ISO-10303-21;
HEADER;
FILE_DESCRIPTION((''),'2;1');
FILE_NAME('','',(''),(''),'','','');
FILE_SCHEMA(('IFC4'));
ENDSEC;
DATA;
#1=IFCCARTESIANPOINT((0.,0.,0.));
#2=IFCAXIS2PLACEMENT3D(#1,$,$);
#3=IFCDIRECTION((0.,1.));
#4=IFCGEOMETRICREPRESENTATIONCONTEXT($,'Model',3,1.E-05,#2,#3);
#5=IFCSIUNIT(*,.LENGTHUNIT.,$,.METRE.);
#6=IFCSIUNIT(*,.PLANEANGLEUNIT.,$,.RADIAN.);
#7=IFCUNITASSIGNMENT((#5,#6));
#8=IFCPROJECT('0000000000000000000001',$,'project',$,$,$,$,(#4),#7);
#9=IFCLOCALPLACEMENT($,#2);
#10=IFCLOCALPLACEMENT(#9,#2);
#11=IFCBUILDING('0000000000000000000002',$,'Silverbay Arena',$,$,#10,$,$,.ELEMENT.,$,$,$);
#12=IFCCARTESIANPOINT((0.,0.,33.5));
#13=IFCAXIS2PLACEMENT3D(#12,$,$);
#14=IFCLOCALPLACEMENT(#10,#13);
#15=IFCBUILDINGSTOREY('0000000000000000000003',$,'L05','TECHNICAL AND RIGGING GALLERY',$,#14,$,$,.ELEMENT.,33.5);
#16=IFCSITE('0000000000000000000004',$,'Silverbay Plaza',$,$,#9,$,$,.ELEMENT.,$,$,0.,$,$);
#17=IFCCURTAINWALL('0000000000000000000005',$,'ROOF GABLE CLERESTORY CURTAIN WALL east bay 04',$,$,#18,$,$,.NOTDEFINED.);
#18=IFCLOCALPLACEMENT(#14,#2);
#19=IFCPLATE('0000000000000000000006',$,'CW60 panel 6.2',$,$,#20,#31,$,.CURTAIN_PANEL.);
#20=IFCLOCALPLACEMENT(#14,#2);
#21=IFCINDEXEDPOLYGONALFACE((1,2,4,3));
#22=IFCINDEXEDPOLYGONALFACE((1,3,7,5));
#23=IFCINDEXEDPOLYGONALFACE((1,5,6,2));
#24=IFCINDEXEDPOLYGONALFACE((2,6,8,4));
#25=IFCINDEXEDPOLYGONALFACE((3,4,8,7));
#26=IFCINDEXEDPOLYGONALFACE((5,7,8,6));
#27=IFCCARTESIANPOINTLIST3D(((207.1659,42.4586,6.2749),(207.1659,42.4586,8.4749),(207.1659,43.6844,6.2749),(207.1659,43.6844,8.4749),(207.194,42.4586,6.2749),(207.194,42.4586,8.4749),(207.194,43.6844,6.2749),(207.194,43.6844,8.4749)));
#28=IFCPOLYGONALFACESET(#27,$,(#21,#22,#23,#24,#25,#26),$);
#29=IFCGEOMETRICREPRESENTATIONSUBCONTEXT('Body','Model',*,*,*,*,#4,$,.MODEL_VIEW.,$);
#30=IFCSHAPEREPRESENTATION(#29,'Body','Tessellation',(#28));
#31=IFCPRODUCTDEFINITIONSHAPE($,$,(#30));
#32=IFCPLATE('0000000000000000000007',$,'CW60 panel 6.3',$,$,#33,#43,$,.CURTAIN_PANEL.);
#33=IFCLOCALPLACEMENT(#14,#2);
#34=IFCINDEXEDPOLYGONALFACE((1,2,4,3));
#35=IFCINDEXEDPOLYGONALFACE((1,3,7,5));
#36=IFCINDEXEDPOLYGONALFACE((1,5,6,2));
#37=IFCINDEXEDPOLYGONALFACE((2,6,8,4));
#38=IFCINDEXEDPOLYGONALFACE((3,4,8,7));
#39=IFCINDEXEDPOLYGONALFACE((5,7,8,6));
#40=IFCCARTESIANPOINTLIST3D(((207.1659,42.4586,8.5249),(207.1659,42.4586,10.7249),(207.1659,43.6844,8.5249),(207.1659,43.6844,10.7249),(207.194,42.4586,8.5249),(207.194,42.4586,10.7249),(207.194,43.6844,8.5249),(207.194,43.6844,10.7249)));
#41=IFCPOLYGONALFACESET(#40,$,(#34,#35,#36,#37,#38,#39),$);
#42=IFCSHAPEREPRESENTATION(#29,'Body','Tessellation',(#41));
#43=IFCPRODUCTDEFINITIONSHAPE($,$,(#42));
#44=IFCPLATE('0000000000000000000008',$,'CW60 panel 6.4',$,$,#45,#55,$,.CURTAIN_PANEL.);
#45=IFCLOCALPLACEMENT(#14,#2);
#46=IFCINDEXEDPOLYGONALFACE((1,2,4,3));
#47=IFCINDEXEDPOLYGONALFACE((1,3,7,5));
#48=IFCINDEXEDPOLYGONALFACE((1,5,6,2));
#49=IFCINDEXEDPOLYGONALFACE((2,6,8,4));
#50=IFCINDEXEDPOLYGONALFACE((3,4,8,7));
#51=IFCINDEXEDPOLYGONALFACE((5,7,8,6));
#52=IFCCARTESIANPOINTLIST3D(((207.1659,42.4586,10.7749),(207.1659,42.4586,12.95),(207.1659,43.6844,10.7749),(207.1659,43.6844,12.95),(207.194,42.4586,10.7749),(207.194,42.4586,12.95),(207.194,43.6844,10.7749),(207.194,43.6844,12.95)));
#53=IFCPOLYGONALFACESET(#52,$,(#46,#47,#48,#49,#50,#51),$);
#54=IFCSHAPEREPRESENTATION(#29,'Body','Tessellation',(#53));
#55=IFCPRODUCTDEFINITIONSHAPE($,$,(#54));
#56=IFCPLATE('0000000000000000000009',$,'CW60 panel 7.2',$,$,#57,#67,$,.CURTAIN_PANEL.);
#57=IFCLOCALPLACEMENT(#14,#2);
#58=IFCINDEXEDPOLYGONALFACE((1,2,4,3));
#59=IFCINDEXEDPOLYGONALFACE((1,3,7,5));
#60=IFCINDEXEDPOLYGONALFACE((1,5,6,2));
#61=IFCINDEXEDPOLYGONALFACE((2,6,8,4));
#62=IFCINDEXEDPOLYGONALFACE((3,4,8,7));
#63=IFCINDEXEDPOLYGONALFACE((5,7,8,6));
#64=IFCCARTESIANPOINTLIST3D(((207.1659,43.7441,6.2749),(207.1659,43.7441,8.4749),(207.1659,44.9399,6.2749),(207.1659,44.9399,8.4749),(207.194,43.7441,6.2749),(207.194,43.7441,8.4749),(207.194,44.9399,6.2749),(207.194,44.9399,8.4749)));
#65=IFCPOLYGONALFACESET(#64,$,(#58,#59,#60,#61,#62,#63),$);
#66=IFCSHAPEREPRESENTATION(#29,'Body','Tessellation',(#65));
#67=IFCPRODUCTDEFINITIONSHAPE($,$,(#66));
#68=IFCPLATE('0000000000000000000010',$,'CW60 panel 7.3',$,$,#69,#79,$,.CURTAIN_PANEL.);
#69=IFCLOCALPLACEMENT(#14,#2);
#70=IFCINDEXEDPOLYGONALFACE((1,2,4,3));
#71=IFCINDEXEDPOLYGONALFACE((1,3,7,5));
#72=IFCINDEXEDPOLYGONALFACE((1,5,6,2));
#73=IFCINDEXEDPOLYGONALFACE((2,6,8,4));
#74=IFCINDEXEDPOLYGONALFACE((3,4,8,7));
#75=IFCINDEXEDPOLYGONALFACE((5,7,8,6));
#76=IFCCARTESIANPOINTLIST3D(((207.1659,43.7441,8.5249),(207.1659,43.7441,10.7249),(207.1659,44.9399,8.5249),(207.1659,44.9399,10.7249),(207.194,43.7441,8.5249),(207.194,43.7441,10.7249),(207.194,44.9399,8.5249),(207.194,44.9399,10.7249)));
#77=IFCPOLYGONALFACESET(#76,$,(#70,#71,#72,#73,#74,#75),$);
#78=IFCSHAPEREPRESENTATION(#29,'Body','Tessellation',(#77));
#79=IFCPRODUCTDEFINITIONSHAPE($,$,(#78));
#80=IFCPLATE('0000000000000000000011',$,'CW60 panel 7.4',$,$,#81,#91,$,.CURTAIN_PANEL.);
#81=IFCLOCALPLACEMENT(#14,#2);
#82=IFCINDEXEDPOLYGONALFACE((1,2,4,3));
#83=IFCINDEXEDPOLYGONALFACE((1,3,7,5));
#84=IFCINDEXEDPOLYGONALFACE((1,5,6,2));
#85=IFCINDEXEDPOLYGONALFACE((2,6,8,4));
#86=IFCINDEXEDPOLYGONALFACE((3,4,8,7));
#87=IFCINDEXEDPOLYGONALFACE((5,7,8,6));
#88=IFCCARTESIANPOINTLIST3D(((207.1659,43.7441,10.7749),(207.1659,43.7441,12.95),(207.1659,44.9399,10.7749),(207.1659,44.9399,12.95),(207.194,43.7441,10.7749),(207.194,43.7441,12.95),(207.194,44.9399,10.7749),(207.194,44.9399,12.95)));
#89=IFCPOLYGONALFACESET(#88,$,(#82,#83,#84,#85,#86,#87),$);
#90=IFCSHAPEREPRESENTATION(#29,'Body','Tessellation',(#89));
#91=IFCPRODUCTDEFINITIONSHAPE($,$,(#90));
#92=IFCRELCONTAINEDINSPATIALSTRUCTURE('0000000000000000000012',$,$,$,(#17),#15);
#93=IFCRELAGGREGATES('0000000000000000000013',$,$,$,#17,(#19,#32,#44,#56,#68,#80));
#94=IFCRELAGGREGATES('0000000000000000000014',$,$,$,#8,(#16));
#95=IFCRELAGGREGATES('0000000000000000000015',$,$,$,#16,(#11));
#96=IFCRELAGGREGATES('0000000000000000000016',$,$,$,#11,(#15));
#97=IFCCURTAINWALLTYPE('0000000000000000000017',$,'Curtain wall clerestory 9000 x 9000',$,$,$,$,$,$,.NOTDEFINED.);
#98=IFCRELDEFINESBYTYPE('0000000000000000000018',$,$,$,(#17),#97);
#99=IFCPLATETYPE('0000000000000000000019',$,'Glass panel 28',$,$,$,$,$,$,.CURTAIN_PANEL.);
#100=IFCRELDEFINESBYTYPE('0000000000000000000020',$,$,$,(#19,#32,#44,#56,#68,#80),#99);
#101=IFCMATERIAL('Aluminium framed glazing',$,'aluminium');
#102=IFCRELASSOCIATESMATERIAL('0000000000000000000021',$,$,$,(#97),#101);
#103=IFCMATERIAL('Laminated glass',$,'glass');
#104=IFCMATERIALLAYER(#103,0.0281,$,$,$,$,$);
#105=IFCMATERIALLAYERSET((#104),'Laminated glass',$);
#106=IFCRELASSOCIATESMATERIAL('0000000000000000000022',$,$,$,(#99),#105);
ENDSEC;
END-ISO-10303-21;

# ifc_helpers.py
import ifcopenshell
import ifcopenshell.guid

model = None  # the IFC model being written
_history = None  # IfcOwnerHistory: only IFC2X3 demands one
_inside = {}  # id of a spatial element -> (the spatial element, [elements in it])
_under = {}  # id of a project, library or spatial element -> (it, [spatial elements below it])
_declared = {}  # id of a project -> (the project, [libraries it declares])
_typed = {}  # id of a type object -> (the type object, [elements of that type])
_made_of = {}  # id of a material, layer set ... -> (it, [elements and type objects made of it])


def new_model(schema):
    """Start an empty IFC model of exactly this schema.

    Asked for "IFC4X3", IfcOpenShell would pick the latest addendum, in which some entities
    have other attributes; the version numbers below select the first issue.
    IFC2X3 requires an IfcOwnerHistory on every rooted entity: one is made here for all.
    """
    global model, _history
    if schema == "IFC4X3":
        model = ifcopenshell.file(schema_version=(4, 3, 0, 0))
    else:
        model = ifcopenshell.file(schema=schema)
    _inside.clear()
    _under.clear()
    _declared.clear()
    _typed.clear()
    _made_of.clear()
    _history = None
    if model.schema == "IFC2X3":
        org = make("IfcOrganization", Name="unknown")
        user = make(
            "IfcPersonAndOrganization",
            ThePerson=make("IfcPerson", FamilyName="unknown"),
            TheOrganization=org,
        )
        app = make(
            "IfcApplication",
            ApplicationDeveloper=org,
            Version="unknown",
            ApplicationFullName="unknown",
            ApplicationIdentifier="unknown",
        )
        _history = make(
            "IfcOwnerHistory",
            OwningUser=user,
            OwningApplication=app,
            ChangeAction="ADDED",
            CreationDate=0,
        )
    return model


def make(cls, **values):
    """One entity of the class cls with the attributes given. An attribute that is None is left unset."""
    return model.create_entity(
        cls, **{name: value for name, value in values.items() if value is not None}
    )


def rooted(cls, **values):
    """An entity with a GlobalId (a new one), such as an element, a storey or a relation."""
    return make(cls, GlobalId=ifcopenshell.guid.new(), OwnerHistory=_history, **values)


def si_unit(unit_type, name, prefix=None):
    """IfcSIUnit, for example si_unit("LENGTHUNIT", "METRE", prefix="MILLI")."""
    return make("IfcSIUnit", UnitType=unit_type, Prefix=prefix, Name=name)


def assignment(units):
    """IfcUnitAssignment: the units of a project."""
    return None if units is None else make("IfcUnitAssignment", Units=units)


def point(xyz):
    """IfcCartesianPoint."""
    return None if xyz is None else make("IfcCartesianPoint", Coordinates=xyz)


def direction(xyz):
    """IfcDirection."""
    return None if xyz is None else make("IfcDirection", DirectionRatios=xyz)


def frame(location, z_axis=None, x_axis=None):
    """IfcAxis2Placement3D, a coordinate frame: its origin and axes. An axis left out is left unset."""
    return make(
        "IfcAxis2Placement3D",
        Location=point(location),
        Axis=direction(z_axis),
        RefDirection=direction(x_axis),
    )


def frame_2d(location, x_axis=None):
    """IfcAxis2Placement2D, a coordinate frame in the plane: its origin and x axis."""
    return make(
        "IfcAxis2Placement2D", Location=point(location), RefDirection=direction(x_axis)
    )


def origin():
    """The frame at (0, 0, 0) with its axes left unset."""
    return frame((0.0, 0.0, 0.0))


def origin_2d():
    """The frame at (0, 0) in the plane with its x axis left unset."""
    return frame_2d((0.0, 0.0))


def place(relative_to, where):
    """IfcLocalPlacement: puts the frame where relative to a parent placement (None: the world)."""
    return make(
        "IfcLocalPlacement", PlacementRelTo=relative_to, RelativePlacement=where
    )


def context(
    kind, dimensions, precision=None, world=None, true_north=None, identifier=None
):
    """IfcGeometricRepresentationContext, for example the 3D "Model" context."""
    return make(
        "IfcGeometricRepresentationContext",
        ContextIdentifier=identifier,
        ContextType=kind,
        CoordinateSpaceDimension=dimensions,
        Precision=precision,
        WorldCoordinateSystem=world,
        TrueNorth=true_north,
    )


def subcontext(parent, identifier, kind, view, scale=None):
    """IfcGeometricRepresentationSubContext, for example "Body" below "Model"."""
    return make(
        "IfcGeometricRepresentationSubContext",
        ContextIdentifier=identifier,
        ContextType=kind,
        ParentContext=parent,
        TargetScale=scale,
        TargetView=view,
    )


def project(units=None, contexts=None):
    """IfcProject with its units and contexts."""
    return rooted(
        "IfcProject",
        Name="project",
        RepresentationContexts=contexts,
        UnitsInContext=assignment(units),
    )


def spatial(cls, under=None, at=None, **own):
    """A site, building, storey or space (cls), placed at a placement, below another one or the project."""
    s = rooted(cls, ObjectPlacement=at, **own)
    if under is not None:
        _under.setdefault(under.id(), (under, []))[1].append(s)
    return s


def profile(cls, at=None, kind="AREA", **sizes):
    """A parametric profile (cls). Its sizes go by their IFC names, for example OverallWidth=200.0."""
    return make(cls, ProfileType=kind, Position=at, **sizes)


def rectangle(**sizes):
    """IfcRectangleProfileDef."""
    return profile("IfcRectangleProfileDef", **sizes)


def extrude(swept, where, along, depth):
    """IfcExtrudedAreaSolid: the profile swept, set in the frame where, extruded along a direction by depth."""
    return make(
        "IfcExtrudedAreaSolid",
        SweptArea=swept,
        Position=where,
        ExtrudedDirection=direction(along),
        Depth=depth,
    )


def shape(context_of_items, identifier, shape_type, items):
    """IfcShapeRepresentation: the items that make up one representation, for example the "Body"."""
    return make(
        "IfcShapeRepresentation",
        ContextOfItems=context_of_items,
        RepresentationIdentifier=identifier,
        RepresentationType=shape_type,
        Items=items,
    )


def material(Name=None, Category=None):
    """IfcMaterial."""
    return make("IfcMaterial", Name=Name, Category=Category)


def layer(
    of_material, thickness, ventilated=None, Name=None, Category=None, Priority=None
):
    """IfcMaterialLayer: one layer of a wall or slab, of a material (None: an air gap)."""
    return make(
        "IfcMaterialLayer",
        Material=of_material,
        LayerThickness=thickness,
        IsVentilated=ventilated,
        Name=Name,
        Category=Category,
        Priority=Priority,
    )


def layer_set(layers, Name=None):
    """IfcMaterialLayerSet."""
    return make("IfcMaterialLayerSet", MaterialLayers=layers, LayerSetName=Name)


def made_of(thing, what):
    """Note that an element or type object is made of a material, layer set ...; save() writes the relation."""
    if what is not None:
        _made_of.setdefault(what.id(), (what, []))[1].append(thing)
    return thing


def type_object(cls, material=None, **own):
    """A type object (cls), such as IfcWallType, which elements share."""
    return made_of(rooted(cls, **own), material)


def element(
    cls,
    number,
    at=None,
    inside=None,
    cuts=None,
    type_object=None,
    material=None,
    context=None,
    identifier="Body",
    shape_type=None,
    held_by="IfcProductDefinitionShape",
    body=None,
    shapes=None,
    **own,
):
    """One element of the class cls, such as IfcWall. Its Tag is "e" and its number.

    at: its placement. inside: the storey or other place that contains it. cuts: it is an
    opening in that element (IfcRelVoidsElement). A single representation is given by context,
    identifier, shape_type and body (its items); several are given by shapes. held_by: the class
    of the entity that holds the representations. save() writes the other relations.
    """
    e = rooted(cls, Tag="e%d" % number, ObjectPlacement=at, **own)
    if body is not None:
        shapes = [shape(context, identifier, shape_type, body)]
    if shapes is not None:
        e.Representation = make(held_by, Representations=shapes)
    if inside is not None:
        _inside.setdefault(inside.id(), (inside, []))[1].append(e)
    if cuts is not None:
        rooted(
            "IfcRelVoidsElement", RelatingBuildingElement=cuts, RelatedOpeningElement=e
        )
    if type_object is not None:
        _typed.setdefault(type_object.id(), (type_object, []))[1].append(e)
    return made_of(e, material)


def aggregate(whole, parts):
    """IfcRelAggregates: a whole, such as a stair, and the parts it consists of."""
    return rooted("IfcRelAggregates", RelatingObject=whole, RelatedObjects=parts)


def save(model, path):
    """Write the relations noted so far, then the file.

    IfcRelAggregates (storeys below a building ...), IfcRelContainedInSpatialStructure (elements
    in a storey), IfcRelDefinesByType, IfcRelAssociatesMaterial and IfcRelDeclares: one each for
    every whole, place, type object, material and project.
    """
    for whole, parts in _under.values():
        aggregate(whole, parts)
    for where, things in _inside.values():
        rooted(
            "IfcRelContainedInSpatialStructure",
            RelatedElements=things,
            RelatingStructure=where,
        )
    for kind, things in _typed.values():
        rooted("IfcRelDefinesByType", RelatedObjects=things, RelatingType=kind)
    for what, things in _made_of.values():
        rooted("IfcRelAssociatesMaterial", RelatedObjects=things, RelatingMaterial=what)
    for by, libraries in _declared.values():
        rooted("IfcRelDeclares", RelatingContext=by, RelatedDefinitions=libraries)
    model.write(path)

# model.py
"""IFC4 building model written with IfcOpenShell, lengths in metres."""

from ifc_helpers import new_model, si_unit, direction, frame, origin, origin_2d, place, context, subcontext, project, spatial, rectangle, extrude, material, layer, layer_set, type_object, element, aggregate, save


model = new_model("IFC4")

# Units and contexts
model_context = context("Model", 3, precision=1e-05, world=origin(), true_north=direction((0.0, 1.0)))
body_context = subcontext(model_context, "Body", "Model", "MODEL_VIEW")
ifc_project = project(units=[si_unit("LENGTHUNIT", "METRE"), si_unit("PLANEANGLEUNIT", "RADIAN")], contexts=[model_context])

# Site, building, storey
site_placement = place(None, origin())
site = spatial("IfcSite", under=ifc_project, at=site_placement, Name="Silverbay Plaza", CompositionType="ELEMENT", RefElevation=0.0)
building_placement = place(site_placement, origin())
building = spatial("IfcBuilding", under=site, at=building_placement, Name="Silverbay Arena", CompositionType="ELEMENT")
storey_placement = place(building_placement, frame((0.0, 0.0, 33.5)))
storey = spatial("IfcBuildingStorey", under=building, at=storey_placement, Name="L05", Description="TECHNICAL AND RIGGING GALLERY", CompositionType="ELEMENT", Elevation=33.5)

# Curtain wall, plates
ifc_material_1 = material(Name="Aluminium framed glazing", Category="aluminium")
curtain_wall_type = type_object("IfcCurtainWallType", Name="Curtain wall clerestory 9000 x 9000", PredefinedType="NOTDEFINED", material=ifc_material_1)
curtain_wall_placement = place(storey_placement, origin())
curtain_wall = element("IfcCurtainWall", 1, at=curtain_wall_placement, inside=storey, type_object=curtain_wall_type, Name="ROOF GABLE CLERESTORY CURTAIN WALL east bay 04", PredefinedType="NOTDEFINED")
ifc_material_2 = material(Name="Laminated glass", Category="glass")
ifc_layer = layer(ifc_material_2, 0.0281)
ifc_layer_set = layer_set([ifc_layer], Name="Laminated glass")
plate_type = type_object("IfcPlateType", Name="Glass panel 28", PredefinedType="CURTAIN_PANEL", material=ifc_layer_set)
plate_1_placement = place(storey_placement, frame((207.1799, 43.0715, 6.2749), z_axis=(0.0, 0.0, 1.0), x_axis=(0.0, 1.0, 0.0)))
plate_1 = element("IfcPlate", 2, at=plate_1_placement, type_object=plate_type, Name="CW60 panel 6.2", PredefinedType="CURTAIN_PANEL", context=body_context, shape_type="SweptSolid", body=[
    extrude(rectangle(XDim=1.2258, YDim=0.0281, at=origin_2d()), origin(), (0.0, 0.0, 1.0), 2.2),
])
plate_2_placement = place(storey_placement, frame((207.1799, 43.0715, 8.5249), z_axis=(0.0, 0.0, 1.0), x_axis=(0.0, 1.0, 0.0)))
plate_2 = element("IfcPlate", 3, at=plate_2_placement, type_object=plate_type, Name="CW60 panel 6.3", PredefinedType="CURTAIN_PANEL", context=body_context, shape_type="SweptSolid", body=[
    extrude(rectangle(XDim=1.2258, YDim=0.0281, at=origin_2d()), origin(), (0.0, 0.0, 1.0), 2.2),
])
plate_3_placement = place(storey_placement, frame((207.1799, 43.0715, 10.7749), z_axis=(0.0, 0.0, 1.0), x_axis=(0.0, 1.0, 0.0)))
plate_3 = element("IfcPlate", 4, at=plate_3_placement, type_object=plate_type, Name="CW60 panel 6.4", PredefinedType="CURTAIN_PANEL", context=body_context, shape_type="SweptSolid", body=[
    extrude(rectangle(XDim=1.2258, YDim=0.0281, at=origin_2d()), origin(), (0.0, 0.0, 1.0), 2.175),
])
plate_4_placement = place(storey_placement, frame((207.1799, 44.342, 6.2749), z_axis=(0.0, 0.0, 1.0), x_axis=(0.0, 1.0, 0.0)))
plate_4 = element("IfcPlate", 5, at=plate_4_placement, type_object=plate_type, Name="CW60 panel 7.2", PredefinedType="CURTAIN_PANEL", context=body_context, shape_type="SweptSolid", body=[
    extrude(rectangle(XDim=1.1958, YDim=0.0281, at=origin_2d()), origin(), (0.0, 0.0, 1.0), 2.2),
])
plate_5_placement = place(storey_placement, frame((207.1799, 44.342, 8.5249), z_axis=(0.0, 0.0, 1.0), x_axis=(0.0, 1.0, 0.0)))
plate_5 = element("IfcPlate", 6, at=plate_5_placement, type_object=plate_type, Name="CW60 panel 7.3", PredefinedType="CURTAIN_PANEL", context=body_context, shape_type="SweptSolid", body=[
    extrude(rectangle(XDim=1.1958, YDim=0.0281, at=origin_2d()), origin(), (0.0, 0.0, 1.0), 2.2),
])
plate_6_placement = place(storey_placement, frame((207.1799, 44.342, 10.7749), z_axis=(0.0, 0.0, 1.0), x_axis=(0.0, 1.0, 0.0)))
plate_6 = element("IfcPlate", 7, at=plate_6_placement, type_object=plate_type, Name="CW60 panel 7.4", PredefinedType="CURTAIN_PANEL", context=body_context, shape_type="SweptSolid", body=[
    extrude(rectangle(XDim=1.1958, YDim=0.0281, at=origin_2d()), origin(), (0.0, 0.0, 1.0), 2.175),
])
aggregate(curtain_wall, [plate_1, plate_2, plate_3, plate_4, plate_5, plate_6])

save(model, "model.ifc")
